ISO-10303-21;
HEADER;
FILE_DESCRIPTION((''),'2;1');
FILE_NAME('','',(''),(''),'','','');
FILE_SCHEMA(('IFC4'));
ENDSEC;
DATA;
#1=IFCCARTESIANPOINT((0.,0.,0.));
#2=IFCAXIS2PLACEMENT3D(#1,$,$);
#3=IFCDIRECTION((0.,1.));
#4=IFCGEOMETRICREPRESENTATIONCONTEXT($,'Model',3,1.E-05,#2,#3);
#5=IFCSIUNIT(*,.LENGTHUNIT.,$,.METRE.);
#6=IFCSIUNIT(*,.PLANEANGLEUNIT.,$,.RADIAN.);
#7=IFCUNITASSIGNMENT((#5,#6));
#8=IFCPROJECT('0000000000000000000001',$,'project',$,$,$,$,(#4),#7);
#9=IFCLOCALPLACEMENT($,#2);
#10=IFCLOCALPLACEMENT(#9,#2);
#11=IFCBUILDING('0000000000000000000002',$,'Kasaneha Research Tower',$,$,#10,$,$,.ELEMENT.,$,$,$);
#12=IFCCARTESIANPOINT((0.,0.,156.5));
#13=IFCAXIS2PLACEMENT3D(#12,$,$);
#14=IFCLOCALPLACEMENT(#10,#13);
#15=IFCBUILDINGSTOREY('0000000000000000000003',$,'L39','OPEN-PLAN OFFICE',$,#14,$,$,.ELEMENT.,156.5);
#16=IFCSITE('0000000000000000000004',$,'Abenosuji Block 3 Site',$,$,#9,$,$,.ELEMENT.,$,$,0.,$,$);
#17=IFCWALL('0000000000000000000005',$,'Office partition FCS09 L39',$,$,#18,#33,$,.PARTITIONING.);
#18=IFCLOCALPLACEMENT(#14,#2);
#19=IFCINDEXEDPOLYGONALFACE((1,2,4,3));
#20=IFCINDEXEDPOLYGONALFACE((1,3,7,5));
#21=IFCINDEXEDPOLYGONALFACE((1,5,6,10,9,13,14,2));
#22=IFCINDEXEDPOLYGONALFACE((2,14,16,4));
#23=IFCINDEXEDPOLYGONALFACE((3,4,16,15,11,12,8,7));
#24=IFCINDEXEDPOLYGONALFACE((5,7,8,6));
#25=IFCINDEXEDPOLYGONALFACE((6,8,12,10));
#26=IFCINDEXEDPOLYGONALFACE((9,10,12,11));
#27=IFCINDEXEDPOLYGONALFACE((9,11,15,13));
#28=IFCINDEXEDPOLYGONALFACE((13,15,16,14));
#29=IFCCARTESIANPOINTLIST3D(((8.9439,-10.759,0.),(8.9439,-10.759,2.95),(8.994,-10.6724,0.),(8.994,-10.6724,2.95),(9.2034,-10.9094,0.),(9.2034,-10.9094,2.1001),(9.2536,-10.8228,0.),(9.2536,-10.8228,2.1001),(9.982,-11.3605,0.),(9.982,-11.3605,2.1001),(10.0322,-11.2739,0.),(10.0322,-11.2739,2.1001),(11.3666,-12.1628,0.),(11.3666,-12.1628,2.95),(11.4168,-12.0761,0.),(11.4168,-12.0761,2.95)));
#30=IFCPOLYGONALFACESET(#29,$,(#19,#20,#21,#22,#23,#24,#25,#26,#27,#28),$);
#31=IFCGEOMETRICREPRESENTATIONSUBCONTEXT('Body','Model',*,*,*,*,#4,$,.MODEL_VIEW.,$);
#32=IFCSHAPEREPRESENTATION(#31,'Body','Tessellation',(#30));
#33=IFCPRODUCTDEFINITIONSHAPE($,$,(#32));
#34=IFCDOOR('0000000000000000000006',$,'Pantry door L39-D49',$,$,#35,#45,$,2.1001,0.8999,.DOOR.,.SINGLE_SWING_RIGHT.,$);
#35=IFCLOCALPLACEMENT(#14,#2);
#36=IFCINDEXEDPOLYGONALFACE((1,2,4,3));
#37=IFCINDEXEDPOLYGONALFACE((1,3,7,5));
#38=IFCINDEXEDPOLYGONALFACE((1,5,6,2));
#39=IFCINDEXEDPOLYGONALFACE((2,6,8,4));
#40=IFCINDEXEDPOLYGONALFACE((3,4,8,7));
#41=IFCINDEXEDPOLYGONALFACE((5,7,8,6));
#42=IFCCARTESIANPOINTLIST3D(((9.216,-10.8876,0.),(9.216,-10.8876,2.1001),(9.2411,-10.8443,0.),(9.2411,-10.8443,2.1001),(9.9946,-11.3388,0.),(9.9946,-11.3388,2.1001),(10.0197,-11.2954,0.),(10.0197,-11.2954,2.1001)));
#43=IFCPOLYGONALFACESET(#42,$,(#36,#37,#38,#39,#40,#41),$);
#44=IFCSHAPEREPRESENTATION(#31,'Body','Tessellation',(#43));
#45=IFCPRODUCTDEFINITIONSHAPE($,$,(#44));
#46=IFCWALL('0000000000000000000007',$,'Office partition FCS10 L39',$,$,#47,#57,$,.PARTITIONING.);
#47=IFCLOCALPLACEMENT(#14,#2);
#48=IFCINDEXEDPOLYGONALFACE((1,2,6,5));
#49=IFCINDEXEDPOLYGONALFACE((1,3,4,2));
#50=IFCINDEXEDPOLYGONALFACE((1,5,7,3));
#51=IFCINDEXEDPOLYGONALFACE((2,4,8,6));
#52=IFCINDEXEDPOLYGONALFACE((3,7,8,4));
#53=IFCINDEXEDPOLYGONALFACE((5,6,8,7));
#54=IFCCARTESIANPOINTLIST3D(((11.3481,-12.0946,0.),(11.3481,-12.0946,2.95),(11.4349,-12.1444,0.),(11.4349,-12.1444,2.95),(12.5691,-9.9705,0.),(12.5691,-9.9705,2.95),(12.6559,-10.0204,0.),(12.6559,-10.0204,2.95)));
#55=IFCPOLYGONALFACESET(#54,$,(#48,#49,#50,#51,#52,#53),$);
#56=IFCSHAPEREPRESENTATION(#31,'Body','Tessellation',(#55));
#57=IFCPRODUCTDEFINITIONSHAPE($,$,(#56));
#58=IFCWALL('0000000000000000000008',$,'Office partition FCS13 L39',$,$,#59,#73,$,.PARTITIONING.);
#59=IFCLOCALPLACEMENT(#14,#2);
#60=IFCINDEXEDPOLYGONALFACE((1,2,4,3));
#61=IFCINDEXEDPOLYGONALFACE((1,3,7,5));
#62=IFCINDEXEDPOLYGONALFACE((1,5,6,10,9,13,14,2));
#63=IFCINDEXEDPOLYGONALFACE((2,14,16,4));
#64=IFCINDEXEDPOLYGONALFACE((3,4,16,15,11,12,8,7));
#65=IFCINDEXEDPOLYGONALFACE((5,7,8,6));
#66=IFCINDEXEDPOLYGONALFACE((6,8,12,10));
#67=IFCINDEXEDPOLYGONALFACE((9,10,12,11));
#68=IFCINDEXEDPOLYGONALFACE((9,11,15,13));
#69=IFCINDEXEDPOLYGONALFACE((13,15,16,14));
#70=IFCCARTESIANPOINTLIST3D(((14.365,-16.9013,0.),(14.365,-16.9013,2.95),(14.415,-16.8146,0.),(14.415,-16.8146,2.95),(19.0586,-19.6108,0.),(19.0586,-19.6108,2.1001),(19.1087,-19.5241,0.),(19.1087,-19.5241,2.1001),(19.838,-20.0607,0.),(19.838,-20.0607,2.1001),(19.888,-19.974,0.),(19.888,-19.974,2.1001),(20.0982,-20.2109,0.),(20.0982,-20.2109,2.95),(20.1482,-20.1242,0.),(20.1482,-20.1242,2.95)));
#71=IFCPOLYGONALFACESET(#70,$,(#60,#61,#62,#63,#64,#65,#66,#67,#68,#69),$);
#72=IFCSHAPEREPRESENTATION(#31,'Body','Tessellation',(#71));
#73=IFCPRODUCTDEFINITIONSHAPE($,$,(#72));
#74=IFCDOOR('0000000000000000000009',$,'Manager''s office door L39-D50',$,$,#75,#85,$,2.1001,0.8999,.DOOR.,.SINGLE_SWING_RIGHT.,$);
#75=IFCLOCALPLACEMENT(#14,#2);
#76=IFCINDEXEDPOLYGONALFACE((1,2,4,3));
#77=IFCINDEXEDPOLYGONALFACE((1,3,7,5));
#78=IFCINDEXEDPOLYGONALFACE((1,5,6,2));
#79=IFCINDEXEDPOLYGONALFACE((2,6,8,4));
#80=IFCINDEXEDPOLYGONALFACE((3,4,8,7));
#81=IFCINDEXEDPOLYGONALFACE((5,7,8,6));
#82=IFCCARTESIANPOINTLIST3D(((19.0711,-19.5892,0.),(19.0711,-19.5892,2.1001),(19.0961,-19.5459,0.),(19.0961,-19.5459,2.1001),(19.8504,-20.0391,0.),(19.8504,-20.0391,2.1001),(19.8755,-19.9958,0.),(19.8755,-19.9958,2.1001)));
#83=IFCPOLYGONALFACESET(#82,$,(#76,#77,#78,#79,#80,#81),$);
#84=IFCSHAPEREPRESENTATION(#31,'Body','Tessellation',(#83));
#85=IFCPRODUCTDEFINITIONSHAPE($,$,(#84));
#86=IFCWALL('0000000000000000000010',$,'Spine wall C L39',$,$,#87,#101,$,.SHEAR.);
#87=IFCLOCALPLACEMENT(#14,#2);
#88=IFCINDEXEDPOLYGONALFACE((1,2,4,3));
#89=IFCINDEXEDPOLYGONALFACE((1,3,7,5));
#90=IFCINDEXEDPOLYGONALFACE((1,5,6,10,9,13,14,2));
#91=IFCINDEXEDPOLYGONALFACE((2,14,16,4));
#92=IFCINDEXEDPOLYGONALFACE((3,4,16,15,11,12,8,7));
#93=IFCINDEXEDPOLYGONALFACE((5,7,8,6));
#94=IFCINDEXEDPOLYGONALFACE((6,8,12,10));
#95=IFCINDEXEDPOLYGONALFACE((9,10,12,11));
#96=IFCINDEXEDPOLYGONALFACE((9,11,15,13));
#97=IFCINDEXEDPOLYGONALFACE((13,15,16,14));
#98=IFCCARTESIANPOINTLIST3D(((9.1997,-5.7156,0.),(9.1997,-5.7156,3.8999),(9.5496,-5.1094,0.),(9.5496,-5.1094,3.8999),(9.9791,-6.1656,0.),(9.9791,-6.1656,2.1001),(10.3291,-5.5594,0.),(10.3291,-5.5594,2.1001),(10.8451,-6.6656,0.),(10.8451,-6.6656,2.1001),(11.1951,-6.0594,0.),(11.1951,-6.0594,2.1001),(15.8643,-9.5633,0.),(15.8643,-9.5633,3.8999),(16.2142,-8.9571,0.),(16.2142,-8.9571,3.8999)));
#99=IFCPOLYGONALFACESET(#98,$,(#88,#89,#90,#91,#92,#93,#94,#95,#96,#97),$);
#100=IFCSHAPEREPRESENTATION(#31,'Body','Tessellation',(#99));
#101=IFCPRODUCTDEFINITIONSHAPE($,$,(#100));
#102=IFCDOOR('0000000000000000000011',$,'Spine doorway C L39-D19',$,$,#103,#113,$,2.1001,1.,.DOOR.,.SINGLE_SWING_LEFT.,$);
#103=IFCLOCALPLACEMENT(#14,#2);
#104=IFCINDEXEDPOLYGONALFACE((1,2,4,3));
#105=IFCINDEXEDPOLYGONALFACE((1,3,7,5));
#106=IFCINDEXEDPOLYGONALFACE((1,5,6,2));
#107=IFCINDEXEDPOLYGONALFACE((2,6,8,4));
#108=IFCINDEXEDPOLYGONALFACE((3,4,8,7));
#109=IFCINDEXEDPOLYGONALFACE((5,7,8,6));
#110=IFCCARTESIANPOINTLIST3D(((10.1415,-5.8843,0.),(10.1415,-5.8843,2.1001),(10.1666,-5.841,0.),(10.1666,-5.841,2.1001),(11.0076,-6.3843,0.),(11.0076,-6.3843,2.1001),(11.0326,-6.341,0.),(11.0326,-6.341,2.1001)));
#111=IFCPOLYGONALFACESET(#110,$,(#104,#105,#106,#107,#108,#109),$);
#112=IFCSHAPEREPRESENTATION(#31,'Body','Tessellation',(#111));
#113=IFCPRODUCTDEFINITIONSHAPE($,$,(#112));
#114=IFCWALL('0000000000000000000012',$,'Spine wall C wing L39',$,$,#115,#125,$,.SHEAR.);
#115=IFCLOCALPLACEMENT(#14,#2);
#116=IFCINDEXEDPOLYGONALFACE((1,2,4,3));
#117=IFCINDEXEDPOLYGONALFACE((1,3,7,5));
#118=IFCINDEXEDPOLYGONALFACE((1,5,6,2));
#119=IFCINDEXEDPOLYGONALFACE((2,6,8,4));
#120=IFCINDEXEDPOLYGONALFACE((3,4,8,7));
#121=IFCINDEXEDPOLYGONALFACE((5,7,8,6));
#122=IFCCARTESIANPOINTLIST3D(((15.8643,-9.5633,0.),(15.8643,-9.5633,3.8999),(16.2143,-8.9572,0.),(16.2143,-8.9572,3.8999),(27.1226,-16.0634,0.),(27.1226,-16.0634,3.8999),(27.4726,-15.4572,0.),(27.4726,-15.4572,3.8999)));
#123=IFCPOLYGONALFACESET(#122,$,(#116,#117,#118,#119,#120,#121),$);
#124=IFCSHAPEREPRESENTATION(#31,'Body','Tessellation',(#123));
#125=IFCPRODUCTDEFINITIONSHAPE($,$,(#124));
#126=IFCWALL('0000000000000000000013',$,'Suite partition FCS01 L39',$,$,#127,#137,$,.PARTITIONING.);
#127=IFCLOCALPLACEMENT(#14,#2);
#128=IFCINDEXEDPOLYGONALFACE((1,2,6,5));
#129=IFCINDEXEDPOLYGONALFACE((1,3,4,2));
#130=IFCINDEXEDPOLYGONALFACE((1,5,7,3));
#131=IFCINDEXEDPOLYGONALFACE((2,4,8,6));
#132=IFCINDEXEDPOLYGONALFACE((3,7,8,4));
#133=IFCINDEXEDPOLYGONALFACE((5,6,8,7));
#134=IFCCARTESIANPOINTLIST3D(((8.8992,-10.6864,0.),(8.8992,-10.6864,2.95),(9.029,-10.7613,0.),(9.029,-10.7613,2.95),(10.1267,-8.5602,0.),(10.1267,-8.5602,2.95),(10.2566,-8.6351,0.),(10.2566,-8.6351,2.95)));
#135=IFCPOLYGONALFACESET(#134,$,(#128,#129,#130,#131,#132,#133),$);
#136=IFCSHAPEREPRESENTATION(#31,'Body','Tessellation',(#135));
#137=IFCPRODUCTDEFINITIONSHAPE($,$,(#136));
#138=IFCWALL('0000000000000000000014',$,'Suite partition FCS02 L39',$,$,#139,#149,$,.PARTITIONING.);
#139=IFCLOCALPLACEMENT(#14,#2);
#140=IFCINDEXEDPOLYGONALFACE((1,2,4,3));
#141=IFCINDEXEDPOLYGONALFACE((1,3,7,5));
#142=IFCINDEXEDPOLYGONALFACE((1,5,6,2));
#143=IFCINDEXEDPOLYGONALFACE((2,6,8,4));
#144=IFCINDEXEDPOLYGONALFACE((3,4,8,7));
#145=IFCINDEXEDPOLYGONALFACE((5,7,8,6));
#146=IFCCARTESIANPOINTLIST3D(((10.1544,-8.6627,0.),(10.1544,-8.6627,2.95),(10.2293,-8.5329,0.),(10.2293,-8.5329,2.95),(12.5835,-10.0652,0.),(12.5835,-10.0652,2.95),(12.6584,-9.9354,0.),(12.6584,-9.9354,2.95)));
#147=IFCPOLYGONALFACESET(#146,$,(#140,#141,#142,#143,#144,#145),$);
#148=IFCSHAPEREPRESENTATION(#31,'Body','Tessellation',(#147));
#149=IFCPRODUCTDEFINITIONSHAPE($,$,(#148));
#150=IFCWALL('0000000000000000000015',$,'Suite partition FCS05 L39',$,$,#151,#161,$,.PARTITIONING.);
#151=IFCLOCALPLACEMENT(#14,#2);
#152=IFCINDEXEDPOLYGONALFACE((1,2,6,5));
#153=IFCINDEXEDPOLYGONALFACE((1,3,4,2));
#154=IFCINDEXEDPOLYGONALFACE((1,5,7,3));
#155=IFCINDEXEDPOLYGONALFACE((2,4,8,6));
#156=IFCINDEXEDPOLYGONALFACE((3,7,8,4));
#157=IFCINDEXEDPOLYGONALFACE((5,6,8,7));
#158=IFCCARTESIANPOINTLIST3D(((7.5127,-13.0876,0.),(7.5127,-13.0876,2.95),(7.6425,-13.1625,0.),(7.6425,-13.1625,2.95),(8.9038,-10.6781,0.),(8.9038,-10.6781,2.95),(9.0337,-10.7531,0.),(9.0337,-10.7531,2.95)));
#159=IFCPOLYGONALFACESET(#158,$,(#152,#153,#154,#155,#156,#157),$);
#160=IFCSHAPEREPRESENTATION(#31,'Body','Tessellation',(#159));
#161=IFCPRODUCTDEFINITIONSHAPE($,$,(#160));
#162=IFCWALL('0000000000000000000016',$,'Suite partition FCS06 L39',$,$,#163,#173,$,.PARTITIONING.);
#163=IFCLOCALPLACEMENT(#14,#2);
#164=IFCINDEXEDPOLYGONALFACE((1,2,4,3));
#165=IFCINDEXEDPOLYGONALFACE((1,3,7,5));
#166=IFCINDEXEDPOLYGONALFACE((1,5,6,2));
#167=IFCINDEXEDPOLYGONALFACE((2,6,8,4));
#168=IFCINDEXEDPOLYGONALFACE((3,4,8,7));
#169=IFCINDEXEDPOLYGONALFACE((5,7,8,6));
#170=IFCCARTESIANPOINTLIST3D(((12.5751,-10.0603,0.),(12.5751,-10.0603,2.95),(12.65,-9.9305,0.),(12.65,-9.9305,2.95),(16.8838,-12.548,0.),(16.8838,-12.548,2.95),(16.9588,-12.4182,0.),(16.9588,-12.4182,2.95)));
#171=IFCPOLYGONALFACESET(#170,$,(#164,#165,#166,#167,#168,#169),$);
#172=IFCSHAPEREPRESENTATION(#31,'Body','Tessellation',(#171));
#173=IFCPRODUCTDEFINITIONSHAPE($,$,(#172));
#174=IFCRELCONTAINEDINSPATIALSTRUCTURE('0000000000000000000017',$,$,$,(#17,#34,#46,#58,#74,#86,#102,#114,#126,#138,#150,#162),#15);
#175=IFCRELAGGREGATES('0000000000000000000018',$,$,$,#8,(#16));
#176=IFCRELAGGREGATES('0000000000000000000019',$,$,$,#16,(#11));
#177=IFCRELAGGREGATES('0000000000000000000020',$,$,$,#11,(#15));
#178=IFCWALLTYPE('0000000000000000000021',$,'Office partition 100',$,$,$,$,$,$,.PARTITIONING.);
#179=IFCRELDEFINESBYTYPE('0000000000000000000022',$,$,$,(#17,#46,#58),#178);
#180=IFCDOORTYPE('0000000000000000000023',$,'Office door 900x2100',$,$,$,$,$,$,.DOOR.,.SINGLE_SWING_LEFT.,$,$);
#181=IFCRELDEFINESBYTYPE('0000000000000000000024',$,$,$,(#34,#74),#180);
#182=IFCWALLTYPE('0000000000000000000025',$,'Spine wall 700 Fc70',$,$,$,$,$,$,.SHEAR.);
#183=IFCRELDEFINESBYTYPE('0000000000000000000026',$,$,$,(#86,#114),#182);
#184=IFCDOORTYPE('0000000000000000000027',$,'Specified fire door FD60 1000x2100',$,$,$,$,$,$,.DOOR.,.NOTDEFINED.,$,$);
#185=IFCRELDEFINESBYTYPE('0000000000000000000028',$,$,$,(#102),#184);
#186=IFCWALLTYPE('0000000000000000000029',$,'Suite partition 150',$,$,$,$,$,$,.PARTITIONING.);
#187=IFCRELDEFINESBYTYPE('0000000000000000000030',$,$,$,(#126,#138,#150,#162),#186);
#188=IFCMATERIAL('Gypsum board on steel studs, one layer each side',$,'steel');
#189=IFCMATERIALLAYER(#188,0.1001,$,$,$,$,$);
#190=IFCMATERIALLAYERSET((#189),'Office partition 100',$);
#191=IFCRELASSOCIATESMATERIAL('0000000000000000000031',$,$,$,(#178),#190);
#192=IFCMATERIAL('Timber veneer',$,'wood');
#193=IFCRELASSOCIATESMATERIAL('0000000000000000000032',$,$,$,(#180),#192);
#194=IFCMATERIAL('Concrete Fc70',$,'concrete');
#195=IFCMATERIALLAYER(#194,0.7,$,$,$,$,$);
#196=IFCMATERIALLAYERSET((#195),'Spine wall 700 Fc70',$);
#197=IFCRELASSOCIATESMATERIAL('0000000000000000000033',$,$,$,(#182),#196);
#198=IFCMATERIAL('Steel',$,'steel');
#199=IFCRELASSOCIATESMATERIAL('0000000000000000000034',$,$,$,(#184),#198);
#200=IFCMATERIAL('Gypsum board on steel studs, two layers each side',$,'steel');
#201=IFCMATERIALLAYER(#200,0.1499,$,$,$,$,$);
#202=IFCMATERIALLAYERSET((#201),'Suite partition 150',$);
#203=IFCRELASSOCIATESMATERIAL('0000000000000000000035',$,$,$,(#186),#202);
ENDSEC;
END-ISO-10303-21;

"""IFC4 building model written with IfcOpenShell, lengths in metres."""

from ifc_helpers import new_model, si_unit, direction, frame, frame_2d, origin, place, context, subcontext, project, spatial, rectangle, extrude, material, layer, layer_set, type_object, element, fill, save


model = new_model("IFC4")

# Units and contexts
model_context = context("Model", 3, precision=1e-05, world=origin(), true_north=direction((0.0, 1.0)))
body_context = subcontext(model_context, "Body", "Model", "MODEL_VIEW")
ifc_project = project(units=[si_unit("LENGTHUNIT", "METRE"), si_unit("PLANEANGLEUNIT", "RADIAN")], contexts=[model_context])

# Site, building, storey
site_placement = place(None, origin())
site = spatial("IfcSite", under=ifc_project, at=site_placement, Name="Abenosuji Block 3 Site", CompositionType="ELEMENT", RefElevation=0.0)
building_placement = place(site_placement, origin())
building = spatial("IfcBuilding", under=site, at=building_placement, Name="Kasaneha Research Tower", CompositionType="ELEMENT")
storey_placement = place(building_placement, frame((0.0, 0.0, 156.5)))
storey = spatial("IfcBuildingStorey", under=building, at=storey_placement, Name="L39", Description="OPEN-PLAN OFFICE", CompositionType="ELEMENT", Elevation=156.5)

# Wall, opening, door
ifc_material_1 = material(Name="Gypsum board on steel studs, one layer each side", Category="steel")
ifc_layer_1 = layer(ifc_material_1, 0.1001)
ifc_layer_set_1 = layer_set([ifc_layer_1], Name="Office partition 100")
wall_type_1 = type_object("IfcWallType", Name="Office partition 100", PredefinedType="PARTITIONING", material=ifc_layer_set_1)
wall_1_placement = place(storey_placement, frame((11.3916, -12.1194, 0.0), z_axis=(0.0, 0.0, 1.0), x_axis=(-0.865255, 0.501332, 0.0)))
wall_1 = element("IfcWall", 1, at=wall_1_placement, inside=storey, type_object=wall_type_1, Name="Office partition FCS09 L39", PredefinedType="PARTITIONING", context=body_context, shape_type="SweptSolid", body=[
    extrude(rectangle(XDim=2.8, YDim=0.1001, at=frame_2d((1.3999, 0.0))), origin(), (0.0, 0.0, 1.0), 2.95),
])
opening_1_placement = place(wall_1_placement, frame((1.6001, 0.0, 0.0)))
opening_1 = element("IfcOpeningElement", 2, at=opening_1_placement, cuts=wall_1, PredefinedType="OPENING", context=body_context, shape_type="SweptSolid", body=[
    extrude(rectangle(XDim=0.8999, YDim=2.1001, at=frame_2d((0.45, 1.05))), frame((0.0, 0.0601, 0.0), z_axis=(0.0, -1.0, 0.0), x_axis=(1.0, 0.0, 0.0)), (0.0, 0.0, 1.0), 0.1201),
])
ifc_material_2 = material(Name="Timber veneer", Category="wood")
door_type_1 = type_object("IfcDoorType", Name="Office door 900x2100", OperationType="SINGLE_SWING_LEFT", PredefinedType="DOOR", material=ifc_material_2)
door_1_placement = place(opening_1_placement, origin())
door_1 = element("IfcDoor", 3, at=door_1_placement, inside=storey, type_object=door_type_1, Name="Pantry door L39-D49", OperationType="SINGLE_SWING_RIGHT", OverallHeight=2.1001, OverallWidth=0.8999, PredefinedType="DOOR", context=body_context, shape_type="SweptSolid", body=[
    extrude(rectangle(XDim=0.8999, YDim=2.1001, at=frame_2d((0.45, 1.05))), frame((0.0, 0.0249, 0.0), z_axis=(0.0, -1.0, 0.0), x_axis=(1.0, 0.0, 0.0)), (0.0, 0.0, 1.0), 0.05),
])
fill(opening_1, door_1)

# Wall
wall_2_placement = place(storey_placement, frame((12.6125, -9.9954, 0.0), z_axis=(0.0, 0.0, 1.0), x_axis=(-0.498359, -0.866971, 0.0)))
element("IfcWall", 4, at=wall_2_placement, inside=storey, type_object=wall_type_1, Name="Office partition FCS10 L39", PredefinedType="PARTITIONING", context=body_context, shape_type="SweptSolid", body=[
    extrude(rectangle(XDim=2.45, YDim=0.1001, at=frame_2d((1.2251, 0.0))), origin(), (0.0, 0.0, 1.0), 2.95),
])

# Walls, openings, doors
wall_3_placement = place(storey_placement, frame((14.3899, -16.8579, 0.0), z_axis=(0.0, 0.0, 1.0), x_axis=(0.866056, -0.499947, 0.0)))
wall_3 = element("IfcWall", 5, at=wall_3_placement, inside=storey, type_object=wall_type_1, Name="Office partition FCS13 L39", PredefinedType="PARTITIONING", context=body_context, shape_type="SweptSolid", body=[
    extrude(rectangle(XDim=6.6199, YDim=0.1001, at=frame_2d((3.3101, 0.0))), origin(), (0.0, 0.0, 1.0), 2.95),
])
opening_2_placement = place(wall_3_placement, frame((5.4197, 0.0, 0.0)))
opening_2 = element("IfcOpeningElement", 6, at=opening_2_placement, cuts=wall_3, PredefinedType="OPENING", context=body_context, shape_type="SweptSolid", body=[
    extrude(rectangle(XDim=0.8999, YDim=2.1001, at=frame_2d((0.45, 1.05))), frame((0.0, 0.0601, 0.0), z_axis=(0.0, -1.0, 0.0), x_axis=(1.0, 0.0, 0.0)), (0.0, 0.0, 1.0), 0.1201),
])
door_2_placement = place(opening_2_placement, origin())
door_2 = element("IfcDoor", 7, at=door_2_placement, inside=storey, type_object=door_type_1, Name="Manager's office door L39-D50", OperationType="SINGLE_SWING_RIGHT", OverallHeight=2.1001, OverallWidth=0.8999, PredefinedType="DOOR", context=body_context, shape_type="SweptSolid", body=[
    extrude(rectangle(XDim=0.8999, YDim=2.1001, at=frame_2d((0.45, 1.05))), frame((0.0, 0.0249, 0.0), z_axis=(0.0, -1.0, 0.0), x_axis=(1.0, 0.0, 0.0)), (0.0, 0.0, 1.0), 0.05),
])
fill(opening_2, door_2)
ifc_material_3 = material(Name="Concrete Fc70", Category="concrete")
ifc_layer_2 = layer(ifc_material_3, 0.7)
ifc_layer_set_2 = layer_set([ifc_layer_2], Name="Spine wall 700 Fc70")
wall_type_2 = type_object("IfcWallType", Name="Spine wall 700 Fc70", PredefinedType="SHEAR", material=ifc_layer_set_2)
wall_4_placement = place(storey_placement, frame((9.3748, -5.4126, 0.0), z_axis=(0.0, 0.0, 1.0), x_axis=(0.866032, -0.499988, 0.0)))
wall_4 = element("IfcWall", 8, at=wall_4_placement, inside=storey, type_object=wall_type_2, Name="Spine wall C L39", PredefinedType="SHEAR", context=body_context, shape_type="SweptSolid", body=[
    extrude(rectangle(XDim=7.6956, YDim=0.7, at=frame_2d((3.8477, 0.0))), origin(), (0.0, 0.0, 1.0), 3.8999),
])
opening_3_placement = place(wall_4_placement, frame((0.8999, 0.0, 0.0)))
opening_3 = element("IfcOpeningElement", 9, at=opening_3_placement, cuts=wall_4, PredefinedType="OPENING", context=body_context, shape_type="SweptSolid", body=[
    extrude(rectangle(XDim=1.0, YDim=2.1001, at=frame_2d((0.5, 1.05))), frame((0.0, 0.3599, 0.0), z_axis=(0.0, -1.0, 0.0), x_axis=(1.0, 0.0, 0.0)), (0.0, 0.0, 1.0), 0.72),
])
ifc_material_4 = material(Name="Steel", Category="steel")
door_type_2 = type_object("IfcDoorType", Name="Specified fire door FD60 1000x2100", OperationType="NOTDEFINED", PredefinedType="DOOR", material=ifc_material_4)
door_3_placement = place(opening_3_placement, origin())
door_3 = element("IfcDoor", 10, at=door_3_placement, inside=storey, type_object=door_type_2, Name="Spine doorway C L39-D19", OperationType="SINGLE_SWING_LEFT", OverallHeight=2.1001, OverallWidth=1.0, PredefinedType="DOOR", context=body_context, shape_type="SweptSolid", body=[
    extrude(rectangle(XDim=1.0, YDim=2.1001, at=frame_2d((0.5, 1.05))), frame((0.0, 0.0249, 0.0), z_axis=(0.0, -1.0, 0.0), x_axis=(1.0, 0.0, 0.0)), (0.0, 0.0, 1.0), 0.05),
])
fill(opening_3, door_3)

# Walls
wall_5_placement = place(storey_placement, frame((16.0393, -9.2603, 0.0), z_axis=(0.0, 0.0, 1.0), x_axis=(0.866025, -0.500001, 0.0)))
element("IfcWall", 11, at=wall_5_placement, inside=storey, type_object=wall_type_2, Name="Spine wall C wing L39", PredefinedType="SHEAR", context=body_context, shape_type="SweptSolid", body=[
    extrude(rectangle(XDim=13.0, YDim=0.7, at=frame_2d((6.5, 0.0))), origin(), (0.0, 0.0, 1.0), 3.8999),
])
ifc_material_5 = material(Name="Gypsum board on steel studs, two layers each side", Category="steel")
ifc_layer_3 = layer(ifc_material_5, 0.1499)
ifc_layer_set_3 = layer_set([ifc_layer_3], Name="Suite partition 150")
wall_type_3 = type_object("IfcWallType", Name="Suite partition 150", PredefinedType="PARTITIONING", material=ifc_layer_set_3)
wall_6_placement = place(storey_placement, frame((10.1917, -8.5977, 0.0), z_axis=(0.0, 0.0, 1.0), x_axis=(-0.499989, -0.866032, 0.0)))
element("IfcWall", 12, at=wall_6_placement, inside=storey, type_object=wall_type_3, Name="Suite partition FCS01 L39", PredefinedType="PARTITIONING", context=body_context, shape_type="SweptSolid", body=[
    extrude(rectangle(XDim=2.4551, YDim=0.1499, at=frame_2d((1.2275, 0.0))), origin(), (0.0, 0.0, 1.0), 2.95),
])
wall_7_placement = place(storey_placement, frame((12.6208, -10.0002, 0.0), z_axis=(0.0, 0.0, 1.0), x_axis=(-0.866012, 0.500024, 0.0)))
element("IfcWall", 13, at=wall_7_placement, inside=storey, type_object=wall_type_3, Name="Suite partition FCS02 L39", PredefinedType="PARTITIONING", context=body_context, shape_type="SweptSolid", body=[
    extrude(rectangle(XDim=2.8049, YDim=0.1499, at=frame_2d((1.4023, 0.0))), origin(), (0.0, 0.0, 1.0), 2.95),
])
wall_8_placement = place(storey_placement, frame((8.9688, -10.7156, 0.0), z_axis=(0.0, 0.0, 1.0), x_axis=(-0.500009, -0.86602, 0.0)))
element("IfcWall", 14, at=wall_8_placement, inside=storey, type_object=wall_type_3, Name="Suite partition FCS05 L39", PredefinedType="PARTITIONING", context=body_context, shape_type="SweptSolid", body=[
    extrude(rectangle(XDim=2.7822, YDim=0.1499, at=frame_2d((1.3911, 0.0))), origin(), (0.0, 0.0, 1.0), 2.95),
])
wall_9_placement = place(storey_placement, frame((16.9214, -12.4832, 0.0), z_axis=(0.0, 0.0, 1.0), x_axis=(-0.866018, 0.500013, 0.0)))
element("IfcWall", 15, at=wall_9_placement, inside=storey, type_object=wall_type_3, Name="Suite partition FCS06 L39", PredefinedType="PARTITIONING", context=body_context, shape_type="SweptSolid", body=[
    extrude(rectangle(XDim=4.9753, YDim=0.1499, at=frame_2d((2.4878, 0.0))), origin(), (0.0, 0.0, 1.0), 2.95),
])

save(model, "model.ifc")
